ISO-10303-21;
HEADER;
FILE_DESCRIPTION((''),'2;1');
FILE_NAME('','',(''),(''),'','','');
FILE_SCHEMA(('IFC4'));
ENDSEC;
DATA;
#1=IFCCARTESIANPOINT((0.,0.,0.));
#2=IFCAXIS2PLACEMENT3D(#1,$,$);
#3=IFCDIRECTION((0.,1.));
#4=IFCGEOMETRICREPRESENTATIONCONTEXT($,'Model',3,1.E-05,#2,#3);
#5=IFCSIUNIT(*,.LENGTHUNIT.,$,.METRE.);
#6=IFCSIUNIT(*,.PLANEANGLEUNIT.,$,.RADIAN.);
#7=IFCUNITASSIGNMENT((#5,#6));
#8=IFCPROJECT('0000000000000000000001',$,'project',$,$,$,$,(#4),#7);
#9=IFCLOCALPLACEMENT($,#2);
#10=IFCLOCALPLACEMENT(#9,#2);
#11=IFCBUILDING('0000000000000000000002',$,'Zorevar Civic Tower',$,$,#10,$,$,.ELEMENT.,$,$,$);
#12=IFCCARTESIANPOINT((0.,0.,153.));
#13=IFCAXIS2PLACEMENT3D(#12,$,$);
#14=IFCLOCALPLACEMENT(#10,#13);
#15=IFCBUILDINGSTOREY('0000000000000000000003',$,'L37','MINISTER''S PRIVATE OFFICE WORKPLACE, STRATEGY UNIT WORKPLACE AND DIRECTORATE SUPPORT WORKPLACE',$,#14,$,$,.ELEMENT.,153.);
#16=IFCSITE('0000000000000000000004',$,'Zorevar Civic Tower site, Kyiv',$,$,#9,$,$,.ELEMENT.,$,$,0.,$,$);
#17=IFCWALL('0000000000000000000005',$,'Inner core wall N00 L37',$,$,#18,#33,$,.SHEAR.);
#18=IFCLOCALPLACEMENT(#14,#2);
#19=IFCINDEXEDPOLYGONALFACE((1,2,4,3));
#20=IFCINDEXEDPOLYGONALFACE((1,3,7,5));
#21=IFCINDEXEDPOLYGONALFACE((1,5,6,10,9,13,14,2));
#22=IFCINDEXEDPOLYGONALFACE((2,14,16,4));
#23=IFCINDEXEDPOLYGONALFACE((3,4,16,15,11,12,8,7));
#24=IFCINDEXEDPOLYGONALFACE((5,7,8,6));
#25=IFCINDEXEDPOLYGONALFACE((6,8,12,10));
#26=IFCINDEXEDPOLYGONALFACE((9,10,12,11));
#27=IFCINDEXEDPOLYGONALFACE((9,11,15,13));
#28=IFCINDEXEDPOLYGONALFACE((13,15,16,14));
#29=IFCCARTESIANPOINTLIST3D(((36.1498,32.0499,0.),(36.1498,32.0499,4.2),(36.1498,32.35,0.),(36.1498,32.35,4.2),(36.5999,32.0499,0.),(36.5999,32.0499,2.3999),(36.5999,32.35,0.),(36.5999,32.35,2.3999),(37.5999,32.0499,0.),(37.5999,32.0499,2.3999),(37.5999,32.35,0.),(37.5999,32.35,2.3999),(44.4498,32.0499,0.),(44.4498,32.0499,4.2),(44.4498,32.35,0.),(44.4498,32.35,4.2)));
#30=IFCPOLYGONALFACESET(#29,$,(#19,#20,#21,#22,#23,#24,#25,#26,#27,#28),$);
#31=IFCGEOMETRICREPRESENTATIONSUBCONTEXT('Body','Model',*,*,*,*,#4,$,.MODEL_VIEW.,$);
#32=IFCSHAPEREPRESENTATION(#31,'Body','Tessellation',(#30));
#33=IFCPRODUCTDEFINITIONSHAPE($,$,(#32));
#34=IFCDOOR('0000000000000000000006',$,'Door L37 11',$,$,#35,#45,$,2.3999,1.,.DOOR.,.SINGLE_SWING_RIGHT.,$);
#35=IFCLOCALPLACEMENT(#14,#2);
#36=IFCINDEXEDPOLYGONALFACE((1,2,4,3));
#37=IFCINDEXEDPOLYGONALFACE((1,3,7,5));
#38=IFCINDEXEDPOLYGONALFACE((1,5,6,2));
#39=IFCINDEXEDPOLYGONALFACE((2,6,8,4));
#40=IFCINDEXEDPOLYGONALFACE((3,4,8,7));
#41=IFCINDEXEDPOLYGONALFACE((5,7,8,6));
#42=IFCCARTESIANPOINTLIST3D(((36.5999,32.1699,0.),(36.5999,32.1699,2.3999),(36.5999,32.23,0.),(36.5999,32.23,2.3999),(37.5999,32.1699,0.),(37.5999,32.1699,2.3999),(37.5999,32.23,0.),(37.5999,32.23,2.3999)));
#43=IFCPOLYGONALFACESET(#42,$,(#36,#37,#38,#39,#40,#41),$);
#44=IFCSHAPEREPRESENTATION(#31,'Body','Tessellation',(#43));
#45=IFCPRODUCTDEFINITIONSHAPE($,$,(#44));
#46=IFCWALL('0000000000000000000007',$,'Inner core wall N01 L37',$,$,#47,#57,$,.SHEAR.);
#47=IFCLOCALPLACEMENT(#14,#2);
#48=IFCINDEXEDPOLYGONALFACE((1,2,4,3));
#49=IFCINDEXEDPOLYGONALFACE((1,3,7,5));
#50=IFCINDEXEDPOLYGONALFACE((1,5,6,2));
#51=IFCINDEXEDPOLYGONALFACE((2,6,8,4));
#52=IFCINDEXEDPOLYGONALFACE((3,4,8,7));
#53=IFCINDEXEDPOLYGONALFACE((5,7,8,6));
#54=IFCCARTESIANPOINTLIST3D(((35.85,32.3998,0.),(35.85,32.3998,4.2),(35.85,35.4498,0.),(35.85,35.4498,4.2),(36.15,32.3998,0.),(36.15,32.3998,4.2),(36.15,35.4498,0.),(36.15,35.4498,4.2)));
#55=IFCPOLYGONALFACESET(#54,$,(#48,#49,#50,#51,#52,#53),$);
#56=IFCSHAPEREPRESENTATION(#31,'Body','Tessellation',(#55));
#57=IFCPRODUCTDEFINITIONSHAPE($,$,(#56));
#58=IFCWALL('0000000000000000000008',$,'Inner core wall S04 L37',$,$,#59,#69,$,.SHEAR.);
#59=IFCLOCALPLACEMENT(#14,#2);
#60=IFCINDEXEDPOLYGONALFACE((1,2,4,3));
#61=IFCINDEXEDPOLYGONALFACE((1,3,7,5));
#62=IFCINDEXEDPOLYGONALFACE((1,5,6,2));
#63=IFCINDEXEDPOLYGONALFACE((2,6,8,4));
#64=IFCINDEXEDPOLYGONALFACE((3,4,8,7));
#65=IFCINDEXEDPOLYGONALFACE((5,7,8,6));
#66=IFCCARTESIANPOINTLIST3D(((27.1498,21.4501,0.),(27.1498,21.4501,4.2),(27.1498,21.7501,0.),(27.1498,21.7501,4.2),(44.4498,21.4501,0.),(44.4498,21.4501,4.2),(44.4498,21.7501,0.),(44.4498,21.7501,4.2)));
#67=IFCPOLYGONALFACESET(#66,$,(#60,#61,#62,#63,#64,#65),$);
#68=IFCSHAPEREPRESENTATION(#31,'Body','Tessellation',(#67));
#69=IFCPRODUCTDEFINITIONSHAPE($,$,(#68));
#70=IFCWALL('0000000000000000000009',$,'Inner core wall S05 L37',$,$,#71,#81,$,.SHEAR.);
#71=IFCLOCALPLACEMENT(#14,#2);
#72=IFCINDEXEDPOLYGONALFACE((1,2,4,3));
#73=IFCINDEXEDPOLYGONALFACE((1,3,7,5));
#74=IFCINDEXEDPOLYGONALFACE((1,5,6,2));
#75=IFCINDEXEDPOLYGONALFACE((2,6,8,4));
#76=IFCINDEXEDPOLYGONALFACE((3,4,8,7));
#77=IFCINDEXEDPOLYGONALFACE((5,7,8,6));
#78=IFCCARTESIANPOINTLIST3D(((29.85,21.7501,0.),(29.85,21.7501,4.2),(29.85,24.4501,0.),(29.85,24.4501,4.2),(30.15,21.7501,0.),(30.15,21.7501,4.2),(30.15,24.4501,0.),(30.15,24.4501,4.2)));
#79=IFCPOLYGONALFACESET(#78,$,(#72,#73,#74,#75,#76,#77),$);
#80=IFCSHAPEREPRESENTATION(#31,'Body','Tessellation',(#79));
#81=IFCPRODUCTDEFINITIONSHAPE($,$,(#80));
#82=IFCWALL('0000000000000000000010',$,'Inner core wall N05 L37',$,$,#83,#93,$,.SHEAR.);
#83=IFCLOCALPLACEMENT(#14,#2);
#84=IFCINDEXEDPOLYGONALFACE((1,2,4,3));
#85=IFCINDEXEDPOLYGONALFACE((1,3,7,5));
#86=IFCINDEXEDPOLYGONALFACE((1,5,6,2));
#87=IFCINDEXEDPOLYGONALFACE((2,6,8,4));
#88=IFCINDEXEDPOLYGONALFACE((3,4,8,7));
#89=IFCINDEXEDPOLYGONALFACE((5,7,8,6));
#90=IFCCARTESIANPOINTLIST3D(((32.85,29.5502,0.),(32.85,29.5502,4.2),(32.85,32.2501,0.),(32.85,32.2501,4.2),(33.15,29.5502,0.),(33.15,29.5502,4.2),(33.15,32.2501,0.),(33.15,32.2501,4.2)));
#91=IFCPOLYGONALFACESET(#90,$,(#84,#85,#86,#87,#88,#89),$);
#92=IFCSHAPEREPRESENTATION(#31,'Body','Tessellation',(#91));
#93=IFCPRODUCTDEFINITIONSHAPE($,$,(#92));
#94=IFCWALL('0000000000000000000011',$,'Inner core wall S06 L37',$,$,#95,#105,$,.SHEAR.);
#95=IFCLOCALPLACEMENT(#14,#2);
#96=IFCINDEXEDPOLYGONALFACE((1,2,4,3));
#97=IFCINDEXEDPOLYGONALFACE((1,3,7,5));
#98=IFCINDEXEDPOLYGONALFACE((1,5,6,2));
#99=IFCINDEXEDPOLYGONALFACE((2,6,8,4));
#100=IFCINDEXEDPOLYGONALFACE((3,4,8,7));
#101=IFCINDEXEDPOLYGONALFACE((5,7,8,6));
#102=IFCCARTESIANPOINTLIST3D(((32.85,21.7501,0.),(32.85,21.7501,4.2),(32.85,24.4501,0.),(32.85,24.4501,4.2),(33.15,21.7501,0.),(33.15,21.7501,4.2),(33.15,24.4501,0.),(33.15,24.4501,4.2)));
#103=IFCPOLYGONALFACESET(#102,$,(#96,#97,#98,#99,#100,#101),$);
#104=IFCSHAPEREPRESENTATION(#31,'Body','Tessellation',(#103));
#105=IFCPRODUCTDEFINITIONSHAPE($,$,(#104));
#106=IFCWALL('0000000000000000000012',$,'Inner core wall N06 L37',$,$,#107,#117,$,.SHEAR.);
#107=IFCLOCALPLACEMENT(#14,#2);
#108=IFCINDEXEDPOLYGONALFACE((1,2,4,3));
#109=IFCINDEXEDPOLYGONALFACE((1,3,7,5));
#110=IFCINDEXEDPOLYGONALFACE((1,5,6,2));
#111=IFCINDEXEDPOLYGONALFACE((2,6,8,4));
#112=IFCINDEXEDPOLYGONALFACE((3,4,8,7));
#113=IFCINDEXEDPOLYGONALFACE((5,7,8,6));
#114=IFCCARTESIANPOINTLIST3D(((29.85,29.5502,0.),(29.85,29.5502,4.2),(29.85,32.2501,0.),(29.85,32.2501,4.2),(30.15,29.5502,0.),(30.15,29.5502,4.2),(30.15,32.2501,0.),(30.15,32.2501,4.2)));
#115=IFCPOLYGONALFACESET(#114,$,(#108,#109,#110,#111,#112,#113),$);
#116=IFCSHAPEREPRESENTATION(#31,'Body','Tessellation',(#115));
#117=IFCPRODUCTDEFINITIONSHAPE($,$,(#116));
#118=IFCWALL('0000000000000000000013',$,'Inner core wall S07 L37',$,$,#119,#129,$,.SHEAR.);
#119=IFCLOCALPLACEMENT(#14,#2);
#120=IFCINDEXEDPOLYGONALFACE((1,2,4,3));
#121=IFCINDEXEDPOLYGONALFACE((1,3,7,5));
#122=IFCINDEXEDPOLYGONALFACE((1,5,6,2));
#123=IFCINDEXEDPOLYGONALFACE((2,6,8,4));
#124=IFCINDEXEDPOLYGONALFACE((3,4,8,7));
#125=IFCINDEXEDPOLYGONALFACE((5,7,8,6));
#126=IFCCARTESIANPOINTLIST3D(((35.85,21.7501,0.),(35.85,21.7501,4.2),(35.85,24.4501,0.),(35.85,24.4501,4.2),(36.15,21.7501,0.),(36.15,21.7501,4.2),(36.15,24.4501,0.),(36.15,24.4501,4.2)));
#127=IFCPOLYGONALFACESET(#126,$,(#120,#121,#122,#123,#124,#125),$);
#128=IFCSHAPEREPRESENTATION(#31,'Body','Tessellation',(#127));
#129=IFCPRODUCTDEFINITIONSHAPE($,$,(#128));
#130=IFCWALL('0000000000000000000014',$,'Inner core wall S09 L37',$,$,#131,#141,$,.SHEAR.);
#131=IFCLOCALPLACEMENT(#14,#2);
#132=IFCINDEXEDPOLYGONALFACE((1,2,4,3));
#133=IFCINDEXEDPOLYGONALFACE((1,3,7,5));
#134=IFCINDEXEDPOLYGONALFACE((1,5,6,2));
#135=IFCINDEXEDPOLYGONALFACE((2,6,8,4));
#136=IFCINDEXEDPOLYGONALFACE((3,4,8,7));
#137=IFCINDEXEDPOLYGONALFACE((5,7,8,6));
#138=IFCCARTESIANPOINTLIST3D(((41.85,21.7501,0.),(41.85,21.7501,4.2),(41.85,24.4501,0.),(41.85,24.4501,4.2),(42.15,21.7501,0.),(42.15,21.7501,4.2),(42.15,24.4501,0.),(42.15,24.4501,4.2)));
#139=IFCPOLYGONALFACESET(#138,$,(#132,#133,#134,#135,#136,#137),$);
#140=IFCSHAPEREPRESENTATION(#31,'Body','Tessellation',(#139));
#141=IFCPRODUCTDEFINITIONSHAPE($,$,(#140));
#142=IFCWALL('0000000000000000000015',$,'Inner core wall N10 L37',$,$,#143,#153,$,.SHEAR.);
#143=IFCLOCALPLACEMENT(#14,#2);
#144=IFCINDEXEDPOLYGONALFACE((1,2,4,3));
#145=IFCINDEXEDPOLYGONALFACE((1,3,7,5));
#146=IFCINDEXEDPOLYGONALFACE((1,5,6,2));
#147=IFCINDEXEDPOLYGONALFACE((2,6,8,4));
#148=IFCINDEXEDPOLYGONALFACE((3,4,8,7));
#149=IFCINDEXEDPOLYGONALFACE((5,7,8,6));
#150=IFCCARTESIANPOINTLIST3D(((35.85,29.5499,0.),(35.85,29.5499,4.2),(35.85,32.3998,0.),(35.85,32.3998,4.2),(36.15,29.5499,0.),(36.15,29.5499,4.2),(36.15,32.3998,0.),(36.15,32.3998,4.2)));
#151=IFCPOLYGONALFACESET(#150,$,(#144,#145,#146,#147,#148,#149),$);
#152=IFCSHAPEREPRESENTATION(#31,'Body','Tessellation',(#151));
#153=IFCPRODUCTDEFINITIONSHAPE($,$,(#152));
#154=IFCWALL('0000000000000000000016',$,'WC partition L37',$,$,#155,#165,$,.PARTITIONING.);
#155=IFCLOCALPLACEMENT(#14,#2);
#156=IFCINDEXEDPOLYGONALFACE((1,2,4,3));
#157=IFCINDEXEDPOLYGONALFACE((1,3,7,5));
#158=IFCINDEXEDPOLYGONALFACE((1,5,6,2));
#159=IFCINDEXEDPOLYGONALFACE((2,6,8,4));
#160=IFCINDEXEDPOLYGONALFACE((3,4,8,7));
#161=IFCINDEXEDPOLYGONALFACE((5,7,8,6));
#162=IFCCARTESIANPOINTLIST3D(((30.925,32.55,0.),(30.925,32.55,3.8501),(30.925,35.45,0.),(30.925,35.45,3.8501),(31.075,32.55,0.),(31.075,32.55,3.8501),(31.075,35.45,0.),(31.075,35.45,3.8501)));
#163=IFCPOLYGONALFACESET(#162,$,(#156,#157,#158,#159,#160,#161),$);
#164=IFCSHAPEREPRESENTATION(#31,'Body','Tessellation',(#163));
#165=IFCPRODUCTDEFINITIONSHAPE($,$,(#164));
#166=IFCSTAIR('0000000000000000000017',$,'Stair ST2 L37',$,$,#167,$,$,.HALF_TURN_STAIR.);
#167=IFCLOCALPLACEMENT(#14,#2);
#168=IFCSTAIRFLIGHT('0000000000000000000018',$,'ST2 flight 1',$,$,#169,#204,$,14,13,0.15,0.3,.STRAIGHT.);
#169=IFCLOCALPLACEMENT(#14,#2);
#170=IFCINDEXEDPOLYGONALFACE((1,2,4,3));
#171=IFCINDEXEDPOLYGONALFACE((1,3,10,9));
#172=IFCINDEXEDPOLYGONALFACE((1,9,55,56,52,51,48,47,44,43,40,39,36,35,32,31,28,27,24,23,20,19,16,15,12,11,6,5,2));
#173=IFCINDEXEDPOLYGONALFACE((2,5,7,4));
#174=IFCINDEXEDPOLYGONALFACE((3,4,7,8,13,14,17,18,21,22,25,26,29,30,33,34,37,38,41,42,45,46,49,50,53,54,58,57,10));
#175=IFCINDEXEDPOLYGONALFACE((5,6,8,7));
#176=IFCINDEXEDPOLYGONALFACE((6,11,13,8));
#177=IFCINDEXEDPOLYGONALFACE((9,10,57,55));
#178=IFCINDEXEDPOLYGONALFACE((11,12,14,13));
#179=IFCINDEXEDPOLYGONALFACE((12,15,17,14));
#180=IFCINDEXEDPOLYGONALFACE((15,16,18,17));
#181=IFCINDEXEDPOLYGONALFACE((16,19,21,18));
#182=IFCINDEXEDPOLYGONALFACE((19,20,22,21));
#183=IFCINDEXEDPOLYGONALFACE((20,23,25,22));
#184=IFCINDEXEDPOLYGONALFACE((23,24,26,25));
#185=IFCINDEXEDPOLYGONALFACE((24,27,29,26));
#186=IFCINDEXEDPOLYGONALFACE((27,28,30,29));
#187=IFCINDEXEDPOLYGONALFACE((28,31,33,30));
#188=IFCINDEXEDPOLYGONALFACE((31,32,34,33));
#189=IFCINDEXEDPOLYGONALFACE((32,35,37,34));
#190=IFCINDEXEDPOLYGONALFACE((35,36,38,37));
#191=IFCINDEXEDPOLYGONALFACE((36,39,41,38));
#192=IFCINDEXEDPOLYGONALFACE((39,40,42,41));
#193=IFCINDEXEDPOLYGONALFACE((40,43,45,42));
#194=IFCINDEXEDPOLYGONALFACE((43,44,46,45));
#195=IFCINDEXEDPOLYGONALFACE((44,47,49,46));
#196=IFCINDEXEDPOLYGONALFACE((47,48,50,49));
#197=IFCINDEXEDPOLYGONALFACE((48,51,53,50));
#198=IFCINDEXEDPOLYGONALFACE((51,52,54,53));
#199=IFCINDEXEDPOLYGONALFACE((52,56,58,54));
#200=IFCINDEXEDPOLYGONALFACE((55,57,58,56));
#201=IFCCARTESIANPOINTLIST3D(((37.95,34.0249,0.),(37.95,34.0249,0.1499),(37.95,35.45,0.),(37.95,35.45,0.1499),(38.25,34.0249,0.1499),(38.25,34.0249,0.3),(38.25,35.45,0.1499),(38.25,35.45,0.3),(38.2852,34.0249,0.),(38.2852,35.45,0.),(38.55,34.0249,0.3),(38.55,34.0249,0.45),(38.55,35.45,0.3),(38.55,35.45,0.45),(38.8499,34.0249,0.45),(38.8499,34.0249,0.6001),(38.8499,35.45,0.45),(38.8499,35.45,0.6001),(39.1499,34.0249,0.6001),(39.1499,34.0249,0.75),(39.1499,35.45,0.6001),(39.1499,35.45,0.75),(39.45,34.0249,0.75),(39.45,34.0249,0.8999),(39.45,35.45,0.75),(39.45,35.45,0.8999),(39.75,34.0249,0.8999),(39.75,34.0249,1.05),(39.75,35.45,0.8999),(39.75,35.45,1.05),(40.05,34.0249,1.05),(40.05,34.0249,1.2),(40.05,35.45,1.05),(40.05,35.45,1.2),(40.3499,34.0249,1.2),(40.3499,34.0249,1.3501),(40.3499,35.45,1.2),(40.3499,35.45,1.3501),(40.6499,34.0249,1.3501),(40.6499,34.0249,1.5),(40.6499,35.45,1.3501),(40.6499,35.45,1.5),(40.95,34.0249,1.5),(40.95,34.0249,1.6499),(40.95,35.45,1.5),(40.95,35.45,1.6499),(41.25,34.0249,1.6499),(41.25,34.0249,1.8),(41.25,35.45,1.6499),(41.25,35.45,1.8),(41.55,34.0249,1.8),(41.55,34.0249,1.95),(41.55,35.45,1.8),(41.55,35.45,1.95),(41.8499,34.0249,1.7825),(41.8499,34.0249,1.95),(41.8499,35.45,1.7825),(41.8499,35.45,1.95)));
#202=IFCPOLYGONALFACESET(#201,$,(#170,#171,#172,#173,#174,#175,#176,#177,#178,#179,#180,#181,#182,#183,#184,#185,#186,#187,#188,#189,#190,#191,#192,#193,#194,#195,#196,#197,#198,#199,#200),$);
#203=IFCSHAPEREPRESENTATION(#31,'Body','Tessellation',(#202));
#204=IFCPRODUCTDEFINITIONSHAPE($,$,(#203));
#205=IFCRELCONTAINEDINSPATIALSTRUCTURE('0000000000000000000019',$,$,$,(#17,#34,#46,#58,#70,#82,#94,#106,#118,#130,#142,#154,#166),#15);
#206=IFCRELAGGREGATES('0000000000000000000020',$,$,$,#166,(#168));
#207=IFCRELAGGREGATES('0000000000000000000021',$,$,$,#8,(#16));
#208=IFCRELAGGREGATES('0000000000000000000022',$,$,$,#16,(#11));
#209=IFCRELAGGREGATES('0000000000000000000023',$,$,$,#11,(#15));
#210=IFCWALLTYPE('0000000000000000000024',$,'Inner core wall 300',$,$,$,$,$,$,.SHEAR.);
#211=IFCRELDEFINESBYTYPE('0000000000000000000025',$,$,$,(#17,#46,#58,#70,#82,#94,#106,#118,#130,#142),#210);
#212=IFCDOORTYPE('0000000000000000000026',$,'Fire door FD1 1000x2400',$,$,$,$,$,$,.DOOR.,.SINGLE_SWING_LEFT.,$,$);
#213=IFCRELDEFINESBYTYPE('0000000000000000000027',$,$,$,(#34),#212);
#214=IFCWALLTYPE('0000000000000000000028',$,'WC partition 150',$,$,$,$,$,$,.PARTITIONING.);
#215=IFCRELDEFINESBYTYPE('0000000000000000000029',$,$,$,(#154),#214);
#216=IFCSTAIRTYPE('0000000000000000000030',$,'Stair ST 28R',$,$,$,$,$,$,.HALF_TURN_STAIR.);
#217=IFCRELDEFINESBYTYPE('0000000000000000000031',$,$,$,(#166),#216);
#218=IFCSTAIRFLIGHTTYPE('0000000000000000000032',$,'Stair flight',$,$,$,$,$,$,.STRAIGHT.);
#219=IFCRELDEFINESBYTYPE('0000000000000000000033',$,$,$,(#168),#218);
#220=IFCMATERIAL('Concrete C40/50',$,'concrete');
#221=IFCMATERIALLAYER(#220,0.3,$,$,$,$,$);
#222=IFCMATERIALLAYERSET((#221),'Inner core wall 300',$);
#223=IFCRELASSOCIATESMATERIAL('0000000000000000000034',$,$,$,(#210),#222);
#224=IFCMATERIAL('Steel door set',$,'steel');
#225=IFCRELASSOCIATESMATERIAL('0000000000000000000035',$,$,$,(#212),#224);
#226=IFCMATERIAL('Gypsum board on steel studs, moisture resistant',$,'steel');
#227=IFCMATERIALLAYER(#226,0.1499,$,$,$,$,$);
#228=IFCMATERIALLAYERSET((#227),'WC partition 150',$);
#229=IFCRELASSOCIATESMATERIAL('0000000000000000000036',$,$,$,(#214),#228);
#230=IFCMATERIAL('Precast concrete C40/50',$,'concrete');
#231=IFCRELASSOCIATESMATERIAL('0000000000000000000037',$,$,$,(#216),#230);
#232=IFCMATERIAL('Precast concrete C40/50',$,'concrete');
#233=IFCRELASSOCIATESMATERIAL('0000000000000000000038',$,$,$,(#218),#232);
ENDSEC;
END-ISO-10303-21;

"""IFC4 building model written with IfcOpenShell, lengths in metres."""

from ifc_helpers import new_model, si_unit, direction, frame, frame_2d, origin, place, context, subcontext, project, spatial, polyline, rectangle, outline, extrude, material, layer, layer_set, type_object, element, fill, aggregate, save


model = new_model("IFC4")

# Units and contexts
model_context = context("Model", 3, precision=1e-05, world=origin(), true_north=direction((0.0, 1.0)))
body_context = subcontext(model_context, "Body", "Model", "MODEL_VIEW")
ifc_project = project(units=[si_unit("LENGTHUNIT", "METRE"), si_unit("PLANEANGLEUNIT", "RADIAN")], contexts=[model_context])

# Site, building, storey
site_placement = place(None, origin())
site = spatial("IfcSite", under=ifc_project, at=site_placement, Name="Zorevar Civic Tower site, Kyiv", CompositionType="ELEMENT", RefElevation=0.0)
building_placement = place(site_placement, origin())
building = spatial("IfcBuilding", under=site, at=building_placement, Name="Zorevar Civic Tower", CompositionType="ELEMENT")
storey_placement = place(building_placement, frame((0.0, 0.0, 153.0)))
storey = spatial("IfcBuildingStorey", under=building, at=storey_placement, Name="L37", Description="MINISTER'S PRIVATE OFFICE WORKPLACE, STRATEGY UNIT WORKPLACE AND DIRECTORATE SUPPORT WORKPLACE", CompositionType="ELEMENT", Elevation=153.0)

# Wall, opening, door
ifc_material_1 = material(Name="Concrete C40/50", Category="concrete")
ifc_layer_1 = layer(ifc_material_1, 0.3)
ifc_layer_set_1 = layer_set([ifc_layer_1], Name="Inner core wall 300")
wall_type_1 = type_object("IfcWallType", Name="Inner core wall 300", PredefinedType="SHEAR", material=ifc_layer_set_1)
wall_1_placement = place(storey_placement, frame((36.1499, 32.2, 0.0), z_axis=(0.0, 0.0, 1.0), x_axis=(1.0, 0.0, 0.0)))
wall_1 = element("IfcWall", 1, at=wall_1_placement, inside=storey, type_object=wall_type_1, Name="Inner core wall N00 L37", PredefinedType="SHEAR", context=body_context, shape_type="SweptSolid", body=[
    extrude(rectangle(XDim=8.3, YDim=0.3, at=frame_2d((4.1499, 0.0))), origin(), (0.0, 0.0, 1.0), 4.2),
])
opening_1_placement = place(wall_1_placement, frame((0.45, 0.0, 0.0)))
opening_1 = element("IfcOpeningElement", 2, at=opening_1_placement, cuts=wall_1, PredefinedType="OPENING", context=body_context, shape_type="SweptSolid", body=[
    extrude(rectangle(XDim=1.0, YDim=2.3999, at=frame_2d((0.5, 1.2))), frame((0.0, 0.1599, 0.0), z_axis=(0.0, -1.0, 0.0), x_axis=(1.0, 0.0, 0.0)), (0.0, 0.0, 1.0), 0.3201),
])
ifc_material_2 = material(Name="Steel door set", Category="steel")
door_type_1 = type_object("IfcDoorType", Name="Fire door FD1 1000x2400", OperationType="SINGLE_SWING_LEFT", PredefinedType="DOOR", material=ifc_material_2)
door_1_placement = place(opening_1_placement, origin())
door_1 = element("IfcDoor", 3, at=door_1_placement, inside=storey, type_object=door_type_1, Name="Door L37 11", OperationType="SINGLE_SWING_RIGHT", OverallHeight=2.3999, OverallWidth=1.0, PredefinedType="DOOR", context=body_context, shape_type="SweptSolid", body=[
    extrude(rectangle(XDim=1.0, YDim=2.3999, at=frame_2d((0.5, 1.2))), frame((0.0, 0.03, 0.0), z_axis=(0.0, -1.0, 0.0), x_axis=(1.0, 0.0, 0.0)), (0.0, 0.0, 1.0), 0.0601),
])
fill(opening_1, door_1)

# Wall
wall_2_placement = place(storey_placement, frame((36.0, 32.3999, 0.0), z_axis=(0.0, 0.0, 1.0), x_axis=(0.0, 1.0, 0.0)))
element("IfcWall", 4, at=wall_2_placement, inside=storey, type_object=wall_type_1, Name="Inner core wall N01 L37", PredefinedType="SHEAR", context=body_context, shape_type="SweptSolid", body=[
    extrude(rectangle(XDim=3.05, YDim=0.3, at=frame_2d((1.5249, 0.0))), origin(), (0.0, 0.0, 1.0), 4.2),
])

# Walls
wall_3_placement = place(storey_placement, frame((27.1499, 21.6001, 0.0), z_axis=(0.0, 0.0, 1.0), x_axis=(1.0, 0.0, 0.0)))
element("IfcWall", 5, at=wall_3_placement, inside=storey, type_object=wall_type_1, Name="Inner core wall S04 L37", PredefinedType="SHEAR", context=body_context, shape_type="SweptSolid", body=[
    extrude(rectangle(XDim=17.3, YDim=0.3, at=frame_2d((8.6499, 0.0))), origin(), (0.0, 0.0, 1.0), 4.2),
])
for number, where, z_axis, x_axis, name in (
    (6, (30.0, 21.75, 0.0), (0.0, 0.0, 1.0), (0.0, 1.0, 0.0), "Inner core wall S05 L37"),
    (7, (33.0, 29.55, 0.0), (0.0, 0.0, 1.0), (0.0, 1.0, 0.0), "Inner core wall N05 L37"),
    (8, (33.0, 21.75, 0.0), (0.0, 0.0, 1.0), (0.0, 1.0, 0.0), "Inner core wall S06 L37"),
    (9, (30.0, 29.55, 0.0), (0.0, 0.0, 1.0), (0.0, 1.0, 0.0), "Inner core wall N06 L37"),
    (10, (36.0, 21.75, 0.0), (0.0, 0.0, 1.0), (0.0, 1.0, 0.0), "Inner core wall S07 L37"),
    (11, (42.0, 21.75, 0.0), (0.0, 0.0, 1.0), (0.0, 1.0, 0.0), "Inner core wall S09 L37"),
):
    element("IfcWall", number, at=place(storey_placement, frame(where, z_axis=z_axis, x_axis=x_axis)), inside=storey, type_object=wall_type_1, Name=name, PredefinedType="SHEAR", context=body_context, shape_type="SweptSolid", body=[
        extrude(rectangle(XDim=2.7, YDim=0.3, at=frame_2d((1.3501, 0.0))), origin(), (0.0, 0.0, 1.0), 4.2),
    ])
wall_4_placement = place(storey_placement, frame((36.0, 29.55, 0.0), z_axis=(0.0, 0.0, 1.0), x_axis=(0.0, 1.0, 0.0)))
element("IfcWall", 12, at=wall_4_placement, inside=storey, type_object=wall_type_1, Name="Inner core wall N10 L37", PredefinedType="SHEAR", context=body_context, shape_type="SweptSolid", body=[
    extrude(rectangle(XDim=2.8499, YDim=0.3, at=frame_2d((1.4248, 0.0))), origin(), (0.0, 0.0, 1.0), 4.2),
])
ifc_material_3 = material(Name="Gypsum board on steel studs, moisture resistant", Category="steel")
ifc_layer_2 = layer(ifc_material_3, 0.1499)
ifc_layer_set_2 = layer_set([ifc_layer_2], Name="WC partition 150")
wall_type_2 = type_object("IfcWallType", Name="WC partition 150", PredefinedType="PARTITIONING", material=ifc_layer_set_2)
wall_5_placement = place(storey_placement, frame((31.0, 32.55, 0.0), z_axis=(0.0, 0.0, 1.0), x_axis=(0.0, 1.0, 0.0)))
element("IfcWall", 13, at=wall_5_placement, inside=storey, type_object=wall_type_2, Name="WC partition L37", PredefinedType="PARTITIONING", context=body_context, shape_type="SweptSolid", body=[
    extrude(rectangle(XDim=2.8999, YDim=0.1499, at=frame_2d((1.45, 0.0))), origin(), (0.0, 0.0, 1.0), 3.8501),
])

# Stair, stair flight
ifc_material_4 = material(Name="Precast concrete C40/50", Category="concrete")
stair_type = type_object("IfcStairType", Name="Stair ST 28R", PredefinedType="HALF_TURN_STAIR", material=ifc_material_4)
stair_placement = place(storey_placement, origin())
stair = element("IfcStair", 14, at=stair_placement, inside=storey, type_object=stair_type, Name="Stair ST2 L37", PredefinedType="HALF_TURN_STAIR")
ifc_material_5 = material(Name="Precast concrete C40/50", Category="concrete")
stair_flight_type = type_object("IfcStairFlightType", Name="Stair flight", PredefinedType="STRAIGHT", material=ifc_material_5)
stair_flight_1_placement = place(storey_placement, frame((37.95, 34.7375, 0.0), z_axis=(0.0, 0.0, 1.0), x_axis=(1.0, 0.0, 0.0)))
stair_flight_1 = element("IfcStairFlight", 15, at=stair_flight_1_placement, type_object=stair_flight_type, Name="ST2 flight 1", NumberOfRisers=14, NumberOfTreads=13, PredefinedType="STRAIGHT", RiserHeight=0.15, TreadLength=0.3, context=body_context, shape_type="SweptSolid", body=[
    extrude(outline(polyline([(0.0, 0.0), (0.0, 0.1499), (0.3, 0.1499), (0.3, 0.3), (0.6001, 0.3), (0.6001, 0.45), (0.8999, 0.45), (0.8999, 0.6001), (1.2, 0.6001), (1.2, 0.75), (1.5, 0.75), (1.5, 0.8999), (1.8, 0.8999), (1.8, 1.05), (2.1001, 1.05), (2.1001, 1.2), (2.3999, 1.2), (2.3999, 1.3501), (2.7, 1.3501), (2.7, 1.5), (3.0, 1.5), (3.0, 1.6499), (3.3, 1.6499), (3.3, 1.8), (3.6001, 1.8), (3.6001, 1.95), (3.8999, 1.95), (3.8999, 2.1001), (3.8999, 1.7825), (0.3352, 0.0), (0.0, 0.0)])), frame((0.0, 0.7124, 0.0), z_axis=(0.0, -1.0, 0.0), x_axis=(1.0, 0.0, 0.0)), (0.0, 0.0, 1.0), 1.425),
])
aggregate(stair, [stair_flight_1])

save(model, "model.ifc")
